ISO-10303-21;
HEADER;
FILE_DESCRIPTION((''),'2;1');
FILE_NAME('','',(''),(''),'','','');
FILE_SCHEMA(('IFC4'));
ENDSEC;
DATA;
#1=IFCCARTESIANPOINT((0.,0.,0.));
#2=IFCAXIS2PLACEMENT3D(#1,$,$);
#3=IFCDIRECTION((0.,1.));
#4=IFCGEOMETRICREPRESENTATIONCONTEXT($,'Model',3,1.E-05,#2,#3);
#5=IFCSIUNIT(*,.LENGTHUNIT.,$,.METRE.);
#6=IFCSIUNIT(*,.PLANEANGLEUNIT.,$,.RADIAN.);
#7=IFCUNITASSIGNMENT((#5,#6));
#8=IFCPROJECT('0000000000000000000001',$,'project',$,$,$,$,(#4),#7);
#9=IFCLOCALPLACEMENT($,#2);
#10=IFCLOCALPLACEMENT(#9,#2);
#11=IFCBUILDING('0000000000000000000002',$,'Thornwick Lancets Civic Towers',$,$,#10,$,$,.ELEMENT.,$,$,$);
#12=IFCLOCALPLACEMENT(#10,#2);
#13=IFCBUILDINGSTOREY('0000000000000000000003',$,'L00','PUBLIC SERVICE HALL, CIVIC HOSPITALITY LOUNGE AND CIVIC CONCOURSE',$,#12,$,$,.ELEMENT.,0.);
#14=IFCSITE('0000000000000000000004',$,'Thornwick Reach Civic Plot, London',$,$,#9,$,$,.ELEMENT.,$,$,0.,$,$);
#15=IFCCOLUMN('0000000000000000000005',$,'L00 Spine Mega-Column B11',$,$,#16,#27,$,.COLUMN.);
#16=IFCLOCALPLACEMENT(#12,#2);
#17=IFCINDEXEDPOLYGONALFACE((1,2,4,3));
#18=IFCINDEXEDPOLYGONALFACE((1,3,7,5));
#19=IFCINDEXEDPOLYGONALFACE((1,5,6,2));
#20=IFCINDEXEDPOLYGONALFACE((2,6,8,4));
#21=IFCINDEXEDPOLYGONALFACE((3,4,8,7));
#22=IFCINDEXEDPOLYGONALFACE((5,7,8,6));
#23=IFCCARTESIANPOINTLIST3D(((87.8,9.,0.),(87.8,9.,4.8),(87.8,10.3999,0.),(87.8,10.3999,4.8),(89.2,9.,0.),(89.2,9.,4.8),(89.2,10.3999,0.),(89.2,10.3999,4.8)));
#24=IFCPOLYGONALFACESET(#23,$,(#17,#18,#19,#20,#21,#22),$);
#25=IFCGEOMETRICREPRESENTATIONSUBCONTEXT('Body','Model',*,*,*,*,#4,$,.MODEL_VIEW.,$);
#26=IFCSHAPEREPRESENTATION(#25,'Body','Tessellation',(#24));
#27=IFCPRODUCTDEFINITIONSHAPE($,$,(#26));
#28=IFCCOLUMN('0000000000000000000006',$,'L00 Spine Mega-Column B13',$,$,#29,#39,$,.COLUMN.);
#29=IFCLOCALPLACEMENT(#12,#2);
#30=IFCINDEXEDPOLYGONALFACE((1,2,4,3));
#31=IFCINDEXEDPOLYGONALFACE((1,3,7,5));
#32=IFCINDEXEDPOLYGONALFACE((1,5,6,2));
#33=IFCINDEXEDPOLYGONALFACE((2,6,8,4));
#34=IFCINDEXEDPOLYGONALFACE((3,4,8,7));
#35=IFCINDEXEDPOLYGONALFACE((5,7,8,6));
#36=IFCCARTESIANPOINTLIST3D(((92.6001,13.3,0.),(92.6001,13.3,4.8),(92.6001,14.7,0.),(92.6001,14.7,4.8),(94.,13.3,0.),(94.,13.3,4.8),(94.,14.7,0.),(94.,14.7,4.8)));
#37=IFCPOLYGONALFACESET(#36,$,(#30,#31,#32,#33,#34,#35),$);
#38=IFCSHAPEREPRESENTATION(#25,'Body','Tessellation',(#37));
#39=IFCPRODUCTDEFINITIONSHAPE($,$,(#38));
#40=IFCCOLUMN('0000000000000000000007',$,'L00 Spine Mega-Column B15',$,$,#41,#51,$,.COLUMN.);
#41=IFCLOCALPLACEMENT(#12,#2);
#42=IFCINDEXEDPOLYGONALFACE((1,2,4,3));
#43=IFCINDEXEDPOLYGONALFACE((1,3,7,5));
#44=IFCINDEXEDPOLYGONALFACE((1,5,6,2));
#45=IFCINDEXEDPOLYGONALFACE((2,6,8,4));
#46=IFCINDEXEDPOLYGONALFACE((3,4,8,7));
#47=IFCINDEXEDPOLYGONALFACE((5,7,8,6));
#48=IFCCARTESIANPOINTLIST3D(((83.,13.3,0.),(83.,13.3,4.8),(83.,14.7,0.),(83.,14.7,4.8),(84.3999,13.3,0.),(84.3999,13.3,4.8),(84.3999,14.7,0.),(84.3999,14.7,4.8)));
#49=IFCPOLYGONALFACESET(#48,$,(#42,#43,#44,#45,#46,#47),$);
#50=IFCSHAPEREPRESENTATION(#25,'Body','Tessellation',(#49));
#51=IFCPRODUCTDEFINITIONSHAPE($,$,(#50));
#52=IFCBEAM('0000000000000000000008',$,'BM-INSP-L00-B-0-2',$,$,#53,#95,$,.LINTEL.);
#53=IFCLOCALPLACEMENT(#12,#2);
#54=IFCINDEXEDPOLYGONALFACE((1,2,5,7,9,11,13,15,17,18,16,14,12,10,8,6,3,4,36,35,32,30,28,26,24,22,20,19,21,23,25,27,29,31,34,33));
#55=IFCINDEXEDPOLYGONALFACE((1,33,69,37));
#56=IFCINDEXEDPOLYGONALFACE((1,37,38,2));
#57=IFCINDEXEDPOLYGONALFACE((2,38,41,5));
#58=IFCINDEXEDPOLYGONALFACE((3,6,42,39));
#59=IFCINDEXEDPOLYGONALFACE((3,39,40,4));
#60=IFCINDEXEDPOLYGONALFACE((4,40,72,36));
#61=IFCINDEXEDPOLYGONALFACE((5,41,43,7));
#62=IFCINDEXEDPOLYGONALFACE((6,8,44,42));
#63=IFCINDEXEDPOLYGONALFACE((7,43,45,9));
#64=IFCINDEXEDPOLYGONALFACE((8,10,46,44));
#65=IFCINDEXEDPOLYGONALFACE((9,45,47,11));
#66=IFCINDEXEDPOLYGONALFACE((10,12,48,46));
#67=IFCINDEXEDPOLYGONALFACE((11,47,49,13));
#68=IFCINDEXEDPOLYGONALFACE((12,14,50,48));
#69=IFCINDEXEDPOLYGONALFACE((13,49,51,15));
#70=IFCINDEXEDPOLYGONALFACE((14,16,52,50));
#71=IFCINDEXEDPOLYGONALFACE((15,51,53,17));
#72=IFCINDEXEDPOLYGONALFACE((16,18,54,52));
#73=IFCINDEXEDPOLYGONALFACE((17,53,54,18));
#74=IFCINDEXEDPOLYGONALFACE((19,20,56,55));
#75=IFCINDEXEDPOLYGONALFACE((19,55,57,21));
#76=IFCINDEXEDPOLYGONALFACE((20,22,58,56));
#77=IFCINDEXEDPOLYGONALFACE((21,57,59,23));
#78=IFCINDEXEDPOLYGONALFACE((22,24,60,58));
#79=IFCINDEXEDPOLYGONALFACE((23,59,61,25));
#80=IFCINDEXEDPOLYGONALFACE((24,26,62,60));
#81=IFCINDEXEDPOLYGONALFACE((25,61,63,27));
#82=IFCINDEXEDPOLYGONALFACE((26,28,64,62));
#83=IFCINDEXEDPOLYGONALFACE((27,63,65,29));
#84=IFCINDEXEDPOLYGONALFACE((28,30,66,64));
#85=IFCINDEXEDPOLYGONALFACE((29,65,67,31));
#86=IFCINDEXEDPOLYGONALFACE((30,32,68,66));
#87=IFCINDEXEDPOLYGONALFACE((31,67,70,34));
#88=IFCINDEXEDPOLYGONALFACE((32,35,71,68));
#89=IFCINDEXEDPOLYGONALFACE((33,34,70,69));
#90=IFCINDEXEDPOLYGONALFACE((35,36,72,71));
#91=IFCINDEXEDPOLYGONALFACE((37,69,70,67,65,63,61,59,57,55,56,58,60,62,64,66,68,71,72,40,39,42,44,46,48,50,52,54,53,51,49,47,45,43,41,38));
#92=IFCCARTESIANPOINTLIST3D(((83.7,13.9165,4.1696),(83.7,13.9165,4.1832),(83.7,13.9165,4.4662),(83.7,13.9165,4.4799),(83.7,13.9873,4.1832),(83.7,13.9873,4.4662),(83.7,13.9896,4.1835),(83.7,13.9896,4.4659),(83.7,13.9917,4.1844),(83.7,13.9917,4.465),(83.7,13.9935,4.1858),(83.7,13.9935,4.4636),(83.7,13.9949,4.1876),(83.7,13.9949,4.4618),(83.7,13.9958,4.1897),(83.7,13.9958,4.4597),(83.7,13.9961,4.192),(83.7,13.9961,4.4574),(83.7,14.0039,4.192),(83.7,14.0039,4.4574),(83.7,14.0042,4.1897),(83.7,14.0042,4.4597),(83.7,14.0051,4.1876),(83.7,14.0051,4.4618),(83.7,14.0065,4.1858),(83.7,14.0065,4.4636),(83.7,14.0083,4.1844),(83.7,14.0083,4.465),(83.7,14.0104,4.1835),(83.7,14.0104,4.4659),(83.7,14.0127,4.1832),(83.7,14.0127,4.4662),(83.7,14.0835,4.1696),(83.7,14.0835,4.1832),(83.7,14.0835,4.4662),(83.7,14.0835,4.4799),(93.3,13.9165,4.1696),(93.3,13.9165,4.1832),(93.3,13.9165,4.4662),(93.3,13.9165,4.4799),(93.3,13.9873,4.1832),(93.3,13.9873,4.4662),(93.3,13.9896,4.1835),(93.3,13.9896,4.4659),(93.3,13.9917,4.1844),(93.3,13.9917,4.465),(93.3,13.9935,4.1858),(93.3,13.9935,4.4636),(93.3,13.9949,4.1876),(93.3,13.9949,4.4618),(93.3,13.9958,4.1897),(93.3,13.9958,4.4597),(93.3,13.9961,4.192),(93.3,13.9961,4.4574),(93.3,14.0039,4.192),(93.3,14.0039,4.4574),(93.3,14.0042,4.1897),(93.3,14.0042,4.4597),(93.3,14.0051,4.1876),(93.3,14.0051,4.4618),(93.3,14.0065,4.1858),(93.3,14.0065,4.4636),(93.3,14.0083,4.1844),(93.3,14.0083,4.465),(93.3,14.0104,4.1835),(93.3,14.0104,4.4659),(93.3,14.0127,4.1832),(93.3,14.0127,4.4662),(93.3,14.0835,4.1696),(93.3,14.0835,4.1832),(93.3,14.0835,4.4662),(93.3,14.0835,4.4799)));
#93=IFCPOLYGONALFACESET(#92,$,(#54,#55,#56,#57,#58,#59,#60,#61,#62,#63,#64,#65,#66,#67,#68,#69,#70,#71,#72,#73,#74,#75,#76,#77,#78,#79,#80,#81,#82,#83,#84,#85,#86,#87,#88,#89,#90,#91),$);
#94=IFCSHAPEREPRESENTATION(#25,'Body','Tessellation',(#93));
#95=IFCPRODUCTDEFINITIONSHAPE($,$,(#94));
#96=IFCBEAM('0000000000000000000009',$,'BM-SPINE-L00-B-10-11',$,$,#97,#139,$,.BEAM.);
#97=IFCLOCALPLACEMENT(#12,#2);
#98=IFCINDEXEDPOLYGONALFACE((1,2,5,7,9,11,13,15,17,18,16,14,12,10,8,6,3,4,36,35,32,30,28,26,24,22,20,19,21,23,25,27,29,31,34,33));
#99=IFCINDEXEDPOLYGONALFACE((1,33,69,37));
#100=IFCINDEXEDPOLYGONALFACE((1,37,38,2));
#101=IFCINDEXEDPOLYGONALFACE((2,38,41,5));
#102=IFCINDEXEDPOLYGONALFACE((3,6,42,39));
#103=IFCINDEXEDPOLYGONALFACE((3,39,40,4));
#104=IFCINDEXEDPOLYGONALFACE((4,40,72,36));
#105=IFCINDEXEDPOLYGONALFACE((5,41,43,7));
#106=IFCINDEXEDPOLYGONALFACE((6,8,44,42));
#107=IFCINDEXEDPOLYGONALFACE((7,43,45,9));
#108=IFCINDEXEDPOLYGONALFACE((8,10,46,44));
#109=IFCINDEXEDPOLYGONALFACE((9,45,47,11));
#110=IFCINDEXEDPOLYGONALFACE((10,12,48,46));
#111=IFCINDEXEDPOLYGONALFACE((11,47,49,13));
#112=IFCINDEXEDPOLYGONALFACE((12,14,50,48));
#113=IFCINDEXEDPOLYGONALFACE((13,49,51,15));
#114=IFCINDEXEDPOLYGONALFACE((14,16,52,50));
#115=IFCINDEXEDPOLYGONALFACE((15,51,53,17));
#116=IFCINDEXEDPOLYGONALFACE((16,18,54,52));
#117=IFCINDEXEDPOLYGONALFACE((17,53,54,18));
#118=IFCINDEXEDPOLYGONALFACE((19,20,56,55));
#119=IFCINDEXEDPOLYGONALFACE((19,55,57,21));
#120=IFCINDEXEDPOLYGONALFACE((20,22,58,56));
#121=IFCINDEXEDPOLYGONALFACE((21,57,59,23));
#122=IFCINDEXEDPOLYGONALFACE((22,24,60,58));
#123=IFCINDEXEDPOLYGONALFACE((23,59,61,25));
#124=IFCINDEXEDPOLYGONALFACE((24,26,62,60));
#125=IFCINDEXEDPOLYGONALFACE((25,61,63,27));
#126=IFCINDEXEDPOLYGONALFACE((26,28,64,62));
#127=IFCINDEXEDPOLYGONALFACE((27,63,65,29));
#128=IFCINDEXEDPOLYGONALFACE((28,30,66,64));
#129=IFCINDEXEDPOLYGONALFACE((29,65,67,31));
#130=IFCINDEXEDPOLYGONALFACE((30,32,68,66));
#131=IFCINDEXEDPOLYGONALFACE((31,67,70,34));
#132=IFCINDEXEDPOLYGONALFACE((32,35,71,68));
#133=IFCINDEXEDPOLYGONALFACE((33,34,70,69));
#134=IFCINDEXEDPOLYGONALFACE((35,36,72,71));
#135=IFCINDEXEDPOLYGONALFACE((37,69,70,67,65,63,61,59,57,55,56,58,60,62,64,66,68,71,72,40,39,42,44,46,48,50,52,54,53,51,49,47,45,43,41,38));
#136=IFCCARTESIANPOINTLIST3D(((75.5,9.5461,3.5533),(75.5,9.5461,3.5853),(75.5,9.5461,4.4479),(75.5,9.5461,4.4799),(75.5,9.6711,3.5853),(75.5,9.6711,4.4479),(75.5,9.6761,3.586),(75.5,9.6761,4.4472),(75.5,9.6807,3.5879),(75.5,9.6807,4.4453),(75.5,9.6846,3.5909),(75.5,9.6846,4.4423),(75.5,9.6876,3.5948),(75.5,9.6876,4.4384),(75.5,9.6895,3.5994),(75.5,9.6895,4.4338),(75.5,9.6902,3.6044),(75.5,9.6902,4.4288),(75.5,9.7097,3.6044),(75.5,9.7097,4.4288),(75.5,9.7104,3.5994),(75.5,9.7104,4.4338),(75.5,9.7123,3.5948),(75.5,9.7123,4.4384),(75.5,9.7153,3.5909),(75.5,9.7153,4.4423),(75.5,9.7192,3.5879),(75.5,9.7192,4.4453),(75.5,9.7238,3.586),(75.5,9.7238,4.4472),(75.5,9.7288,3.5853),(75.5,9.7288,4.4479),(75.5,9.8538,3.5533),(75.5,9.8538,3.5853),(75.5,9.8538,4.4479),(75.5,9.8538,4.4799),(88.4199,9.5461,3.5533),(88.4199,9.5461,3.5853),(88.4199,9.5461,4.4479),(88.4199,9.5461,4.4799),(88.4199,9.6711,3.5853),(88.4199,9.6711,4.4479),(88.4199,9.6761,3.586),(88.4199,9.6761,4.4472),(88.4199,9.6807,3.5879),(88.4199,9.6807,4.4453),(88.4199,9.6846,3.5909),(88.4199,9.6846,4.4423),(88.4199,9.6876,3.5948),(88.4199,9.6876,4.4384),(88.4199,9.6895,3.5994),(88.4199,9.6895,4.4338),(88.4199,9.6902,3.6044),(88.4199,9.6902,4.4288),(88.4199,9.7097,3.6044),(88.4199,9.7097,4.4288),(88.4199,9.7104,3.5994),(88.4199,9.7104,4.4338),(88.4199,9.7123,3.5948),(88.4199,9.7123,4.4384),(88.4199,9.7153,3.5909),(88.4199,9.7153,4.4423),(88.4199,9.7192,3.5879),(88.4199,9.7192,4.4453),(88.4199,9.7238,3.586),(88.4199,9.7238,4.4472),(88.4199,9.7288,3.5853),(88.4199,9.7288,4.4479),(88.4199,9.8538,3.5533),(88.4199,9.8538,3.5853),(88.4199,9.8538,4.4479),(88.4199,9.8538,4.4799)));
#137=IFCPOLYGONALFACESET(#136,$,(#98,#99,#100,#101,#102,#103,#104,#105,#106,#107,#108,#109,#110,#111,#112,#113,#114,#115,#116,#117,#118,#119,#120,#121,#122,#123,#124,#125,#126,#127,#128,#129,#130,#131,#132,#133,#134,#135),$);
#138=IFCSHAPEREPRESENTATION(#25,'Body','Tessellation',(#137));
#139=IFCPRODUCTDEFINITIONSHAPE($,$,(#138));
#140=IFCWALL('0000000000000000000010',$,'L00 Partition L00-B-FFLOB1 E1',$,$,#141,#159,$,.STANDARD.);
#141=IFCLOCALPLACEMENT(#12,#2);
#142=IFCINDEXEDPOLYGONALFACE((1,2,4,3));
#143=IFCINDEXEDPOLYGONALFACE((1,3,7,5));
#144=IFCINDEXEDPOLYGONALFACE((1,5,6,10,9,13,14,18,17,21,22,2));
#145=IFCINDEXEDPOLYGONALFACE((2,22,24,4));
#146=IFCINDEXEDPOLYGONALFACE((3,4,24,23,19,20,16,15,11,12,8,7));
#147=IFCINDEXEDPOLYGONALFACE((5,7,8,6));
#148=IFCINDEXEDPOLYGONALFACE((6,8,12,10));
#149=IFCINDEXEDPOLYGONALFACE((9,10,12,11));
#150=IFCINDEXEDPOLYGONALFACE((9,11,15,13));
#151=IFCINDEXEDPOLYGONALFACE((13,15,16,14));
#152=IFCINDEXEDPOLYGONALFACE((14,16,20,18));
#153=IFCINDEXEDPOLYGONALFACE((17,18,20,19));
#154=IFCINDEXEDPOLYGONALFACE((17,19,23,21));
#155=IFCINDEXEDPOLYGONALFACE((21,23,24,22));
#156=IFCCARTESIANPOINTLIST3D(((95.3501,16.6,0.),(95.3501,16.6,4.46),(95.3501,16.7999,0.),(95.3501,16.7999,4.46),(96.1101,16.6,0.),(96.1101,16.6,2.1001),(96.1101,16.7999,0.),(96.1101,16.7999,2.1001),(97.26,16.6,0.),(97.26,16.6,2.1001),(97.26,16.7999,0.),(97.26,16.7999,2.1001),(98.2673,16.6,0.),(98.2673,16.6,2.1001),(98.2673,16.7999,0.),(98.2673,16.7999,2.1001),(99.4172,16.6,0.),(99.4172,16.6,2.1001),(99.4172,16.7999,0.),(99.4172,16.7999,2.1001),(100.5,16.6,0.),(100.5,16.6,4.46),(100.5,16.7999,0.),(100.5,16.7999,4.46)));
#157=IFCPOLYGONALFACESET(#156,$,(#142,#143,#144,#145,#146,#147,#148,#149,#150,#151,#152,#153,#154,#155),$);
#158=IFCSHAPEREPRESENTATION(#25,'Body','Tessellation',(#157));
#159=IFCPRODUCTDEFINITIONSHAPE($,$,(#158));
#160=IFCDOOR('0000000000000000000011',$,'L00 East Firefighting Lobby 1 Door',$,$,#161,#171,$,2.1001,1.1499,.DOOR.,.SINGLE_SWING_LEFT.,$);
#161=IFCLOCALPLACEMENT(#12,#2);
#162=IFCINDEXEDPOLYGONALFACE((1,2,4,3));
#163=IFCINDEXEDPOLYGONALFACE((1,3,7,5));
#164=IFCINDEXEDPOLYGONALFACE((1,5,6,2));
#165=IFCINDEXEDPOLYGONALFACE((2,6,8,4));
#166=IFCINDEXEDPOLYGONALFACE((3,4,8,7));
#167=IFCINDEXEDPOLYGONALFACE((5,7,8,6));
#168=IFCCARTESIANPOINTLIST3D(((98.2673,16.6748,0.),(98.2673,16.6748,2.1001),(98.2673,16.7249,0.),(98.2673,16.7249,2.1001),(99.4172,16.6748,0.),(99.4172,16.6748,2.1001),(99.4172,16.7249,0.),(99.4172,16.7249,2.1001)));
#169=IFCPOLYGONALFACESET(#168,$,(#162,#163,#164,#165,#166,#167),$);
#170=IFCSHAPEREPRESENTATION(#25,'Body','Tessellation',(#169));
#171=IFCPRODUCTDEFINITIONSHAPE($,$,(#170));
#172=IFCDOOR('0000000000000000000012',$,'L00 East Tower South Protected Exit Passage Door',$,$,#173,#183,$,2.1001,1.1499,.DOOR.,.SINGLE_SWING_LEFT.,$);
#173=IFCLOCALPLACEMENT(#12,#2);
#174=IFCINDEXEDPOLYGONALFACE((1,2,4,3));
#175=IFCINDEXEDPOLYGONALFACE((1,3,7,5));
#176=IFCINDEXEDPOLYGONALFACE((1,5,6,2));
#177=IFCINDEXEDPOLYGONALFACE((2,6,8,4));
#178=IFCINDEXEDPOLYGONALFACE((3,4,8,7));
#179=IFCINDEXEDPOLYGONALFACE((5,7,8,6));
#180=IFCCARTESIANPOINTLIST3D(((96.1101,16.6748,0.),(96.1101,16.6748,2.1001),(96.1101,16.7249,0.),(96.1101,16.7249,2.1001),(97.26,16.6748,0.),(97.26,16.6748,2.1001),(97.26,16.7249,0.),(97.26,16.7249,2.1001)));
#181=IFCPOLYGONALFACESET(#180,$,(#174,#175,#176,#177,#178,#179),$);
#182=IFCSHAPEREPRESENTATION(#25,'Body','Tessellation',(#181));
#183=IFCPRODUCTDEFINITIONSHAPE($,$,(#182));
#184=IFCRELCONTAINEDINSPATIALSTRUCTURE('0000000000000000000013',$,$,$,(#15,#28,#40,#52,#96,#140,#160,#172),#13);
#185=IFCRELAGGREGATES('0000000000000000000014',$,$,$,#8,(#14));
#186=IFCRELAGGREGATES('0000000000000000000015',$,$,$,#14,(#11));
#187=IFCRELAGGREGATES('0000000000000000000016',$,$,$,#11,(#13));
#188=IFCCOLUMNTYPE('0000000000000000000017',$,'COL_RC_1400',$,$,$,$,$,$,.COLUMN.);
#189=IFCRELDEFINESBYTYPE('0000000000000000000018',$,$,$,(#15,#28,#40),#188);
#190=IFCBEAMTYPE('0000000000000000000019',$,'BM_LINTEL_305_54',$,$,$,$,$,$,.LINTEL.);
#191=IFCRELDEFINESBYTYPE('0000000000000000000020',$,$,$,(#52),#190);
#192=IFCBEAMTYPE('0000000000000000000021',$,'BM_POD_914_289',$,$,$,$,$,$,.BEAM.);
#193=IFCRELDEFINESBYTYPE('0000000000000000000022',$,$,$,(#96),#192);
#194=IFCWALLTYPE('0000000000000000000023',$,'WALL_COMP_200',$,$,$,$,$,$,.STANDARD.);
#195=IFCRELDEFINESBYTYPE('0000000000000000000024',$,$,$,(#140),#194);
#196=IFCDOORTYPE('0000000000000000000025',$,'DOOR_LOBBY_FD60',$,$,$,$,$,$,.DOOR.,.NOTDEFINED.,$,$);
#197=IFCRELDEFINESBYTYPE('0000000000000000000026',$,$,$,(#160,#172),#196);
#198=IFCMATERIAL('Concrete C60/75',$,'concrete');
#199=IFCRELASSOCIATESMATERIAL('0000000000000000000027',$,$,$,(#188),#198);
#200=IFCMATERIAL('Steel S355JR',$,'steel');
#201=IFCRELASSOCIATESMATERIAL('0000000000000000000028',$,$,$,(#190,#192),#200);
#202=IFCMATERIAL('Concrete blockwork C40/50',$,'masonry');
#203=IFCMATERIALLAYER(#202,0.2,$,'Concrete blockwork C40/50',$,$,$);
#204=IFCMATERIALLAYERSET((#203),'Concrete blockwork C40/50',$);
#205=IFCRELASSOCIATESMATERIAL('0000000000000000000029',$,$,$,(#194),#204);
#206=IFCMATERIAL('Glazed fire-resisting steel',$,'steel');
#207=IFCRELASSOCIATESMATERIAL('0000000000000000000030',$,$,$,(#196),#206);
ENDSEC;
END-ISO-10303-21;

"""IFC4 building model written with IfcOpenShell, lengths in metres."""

from ifc_helpers import new_model, si_unit, direction, frame, frame_2d, origin, origin_2d, place, context, subcontext, project, spatial, rectangle, i_section, extrude, material, layer, layer_set, material_profile, profile_set, type_object, element, fill, save


model = new_model("IFC4")

# Units and contexts
model_context = context("Model", 3, precision=1e-05, world=origin(), true_north=direction((0.0, 1.0)))
body_context = subcontext(model_context, "Body", "Model", "MODEL_VIEW")
ifc_project = project(units=[si_unit("LENGTHUNIT", "METRE"), si_unit("PLANEANGLEUNIT", "RADIAN")], contexts=[model_context])

# Site, building, storey
site_placement = place(None, origin())
site = spatial("IfcSite", under=ifc_project, at=site_placement, Name="Thornwick Reach Civic Plot, London", CompositionType="ELEMENT", RefElevation=0.0)
building_placement = place(site_placement, origin())
building = spatial("IfcBuilding", under=site, at=building_placement, Name="Thornwick Lancets Civic Towers", CompositionType="ELEMENT")
storey_placement = place(building_placement, origin())
storey = spatial("IfcBuildingStorey", under=building, at=storey_placement, Name="L00", Description="PUBLIC SERVICE HALL, CIVIC HOSPITALITY LOUNGE AND CIVIC CONCOURSE", CompositionType="ELEMENT", Elevation=0.0)

# Columns
ifc_material_1 = material(Name="Concrete C60/75", Category="concrete")
ifc_material_profile_1 = material_profile(ifc_material_1, rectangle(XDim=1.3999, YDim=1.3999, at=origin_2d()), Name="RC 1400x1400")
ifc_profile_set_1 = profile_set([ifc_material_profile_1], Name="Concrete C60/75")
column_type = type_object("IfcColumnType", Name="COL_RC_1400", PredefinedType="COLUMN", material=ifc_profile_set_1)
for number, where, z_axis, x_axis, name in (
    (1, (88.5, 9.7, 0.0), (0.0, 0.0, 1.0), (1.0, 0.0, 0.0), "L00 Spine Mega-Column B11"),
    (2, (93.3, 14.0, 0.0), (0.0, 0.0, 1.0), (1.0, 0.0, 0.0), "L00 Spine Mega-Column B13"),
    (3, (83.7, 14.0, 0.0), (0.0, 0.0, 1.0), (1.0, 0.0, 0.0), "L00 Spine Mega-Column B15"),
):
    element("IfcColumn", number, at=place(storey_placement, frame(where, z_axis=z_axis, x_axis=x_axis)), inside=storey, type_object=column_type, Name=name, PredefinedType="COLUMN", context=body_context, shape_type="SweptSolid", body=[
        extrude(rectangle(XDim=1.3999, YDim=1.3999, at=origin_2d()), origin(), (0.0, 0.0, 1.0), 4.8),
    ])

# Beams
ifc_material_2 = material(Name="Steel S355JR", Category="steel")
ifc_material_profile_2 = material_profile(ifc_material_2, i_section(OverallWidth=0.167, OverallDepth=0.3103, WebThickness=0.0078, FlangeThickness=0.0137, FilletRadius=0.0088, at=origin_2d()), Name="UKB 305x165x54")
ifc_profile_set_2 = profile_set([ifc_material_profile_2], Name="Steel S355JR")
beam_type_1 = type_object("IfcBeamType", Name="BM_LINTEL_305_54", PredefinedType="LINTEL", material=ifc_profile_set_2)
beam_1_placement = place(storey_placement, frame((93.3, 14.0, 4.3247), z_axis=(-1.0, 0.0, 0.0), x_axis=(0.0, -1.0, 0.0)))
element("IfcBeam", 4, at=beam_1_placement, inside=storey, type_object=beam_type_1, Name="BM-INSP-L00-B-0-2", PredefinedType="LINTEL", context=body_context, shape_type="SweptSolid", body=[
    extrude(i_section(OverallWidth=0.167, OverallDepth=0.3103, WebThickness=0.0078, FlangeThickness=0.0137, FilletRadius=0.0088, at=origin_2d()), origin(), (0.0, 0.0, 1.0), 9.6001),
])
ifc_material_profile_3 = material_profile(ifc_material_2, i_section(OverallWidth=0.3076, OverallDepth=0.9265, WebThickness=0.0195, FlangeThickness=0.032, FilletRadius=0.019, at=origin_2d()), Name="UKB 914x305x289")
ifc_profile_set_3 = profile_set([ifc_material_profile_3], Name="Steel S355JR")
beam_type_2 = type_object("IfcBeamType", Name="BM_POD_914_289", PredefinedType="BEAM", material=ifc_profile_set_3)
beam_2_placement = place(storey_placement, frame((88.4199, 9.7, 4.0166), z_axis=(-1.0, 0.0, 0.0), x_axis=(0.0, -1.0, 0.0)))
element("IfcBeam", 5, at=beam_2_placement, inside=storey, type_object=beam_type_2, Name="BM-SPINE-L00-B-10-11", PredefinedType="BEAM", context=body_context, shape_type="SweptSolid", body=[
    extrude(i_section(OverallWidth=0.3076, OverallDepth=0.9265, WebThickness=0.0195, FlangeThickness=0.032, FilletRadius=0.019, at=origin_2d()), origin(), (0.0, 0.0, 1.0), 12.9199),
])

# Wall, openings, doors
ifc_material_3 = material(Name="Concrete blockwork C40/50", Category="masonry")
ifc_layer_1 = layer(ifc_material_3, 0.2, Name="Concrete blockwork C40/50")
ifc_layer_set_1 = layer_set([ifc_layer_1], Name="Concrete blockwork C40/50")
wall_type_1 = type_object("IfcWallType", Name="WALL_COMP_200", PredefinedType="STANDARD", material=ifc_layer_set_1)
wall_1_placement = place(storey_placement, frame((95.3501, 16.7, 0.0), z_axis=(0.0, 0.0, 1.0), x_axis=(1.0, 0.0, 0.0)))
wall_1 = element("IfcWall", 6, at=wall_1_placement, inside=storey, type_object=wall_type_1, Name="L00 Partition L00-B-FFLOB1 E1", PredefinedType="STANDARD", context=body_context, shape_type="SweptSolid", body=[
    extrude(rectangle(XDim=5.1499, YDim=0.2, at=frame_2d((2.575, 0.0))), origin(), (0.0, 0.0, 1.0), 4.46),
])
opening_1_placement = place(wall_1_placement, frame((2.9172, 0.0, 0.0)))
opening_1 = element("IfcOpeningElement", 7, at=opening_1_placement, cuts=wall_1, PredefinedType="OPENING", context=body_context, shape_type="SweptSolid", body=[
    extrude(rectangle(XDim=1.1499, YDim=2.1001, at=frame_2d((0.575, 1.05))), frame((0.0, 0.1099, 0.0), z_axis=(0.0, -1.0, 0.0), x_axis=(1.0, 0.0, 0.0)), (0.0, 0.0, 1.0), 0.22),
])
opening_2_placement = place(wall_1_placement, frame((0.76, 0.0, 0.0)))
opening_2 = element("IfcOpeningElement", 8, at=opening_2_placement, cuts=wall_1, PredefinedType="OPENING", context=body_context, shape_type="SweptSolid", body=[
    extrude(rectangle(XDim=1.1499, YDim=2.1001, at=frame_2d((0.575, 1.05))), frame((0.0, 0.1099, 0.0), z_axis=(0.0, -1.0, 0.0), x_axis=(1.0, 0.0, 0.0)), (0.0, 0.0, 1.0), 0.22),
])
ifc_material_4 = material(Name="Glazed fire-resisting steel", Category="steel")
door_type = type_object("IfcDoorType", Name="DOOR_LOBBY_FD60", OperationType="NOTDEFINED", PredefinedType="DOOR", material=ifc_material_4)
door_1_placement = place(opening_1_placement, origin())
door_1 = element("IfcDoor", 9, at=door_1_placement, inside=storey, type_object=door_type, Name="L00 East Firefighting Lobby 1 Door", OperationType="SINGLE_SWING_LEFT", OverallHeight=2.1001, OverallWidth=1.1499, PredefinedType="DOOR", context=body_context, shape_type="SweptSolid", body=[
    extrude(rectangle(XDim=1.1499, YDim=2.1001, at=frame_2d((0.575, 1.05))), frame((0.0, 0.0249, 0.0), z_axis=(0.0, -1.0, 0.0), x_axis=(1.0, 0.0, 0.0)), (0.0, 0.0, 1.0), 0.05),
])
fill(opening_1, door_1)
door_2_placement = place(opening_2_placement, origin())
door_2 = element("IfcDoor", 10, at=door_2_placement, inside=storey, type_object=door_type, Name="L00 East Tower South Protected Exit Passage Door", OperationType="SINGLE_SWING_LEFT", OverallHeight=2.1001, OverallWidth=1.1499, PredefinedType="DOOR", context=body_context, shape_type="SweptSolid", body=[
    extrude(rectangle(XDim=1.1499, YDim=2.1001, at=frame_2d((0.575, 1.05))), frame((0.0, 0.0249, 0.0), z_axis=(0.0, -1.0, 0.0), x_axis=(1.0, 0.0, 0.0)), (0.0, 0.0, 1.0), 0.05),
])
fill(opening_2, door_2)

save(model, "model.ifc")
